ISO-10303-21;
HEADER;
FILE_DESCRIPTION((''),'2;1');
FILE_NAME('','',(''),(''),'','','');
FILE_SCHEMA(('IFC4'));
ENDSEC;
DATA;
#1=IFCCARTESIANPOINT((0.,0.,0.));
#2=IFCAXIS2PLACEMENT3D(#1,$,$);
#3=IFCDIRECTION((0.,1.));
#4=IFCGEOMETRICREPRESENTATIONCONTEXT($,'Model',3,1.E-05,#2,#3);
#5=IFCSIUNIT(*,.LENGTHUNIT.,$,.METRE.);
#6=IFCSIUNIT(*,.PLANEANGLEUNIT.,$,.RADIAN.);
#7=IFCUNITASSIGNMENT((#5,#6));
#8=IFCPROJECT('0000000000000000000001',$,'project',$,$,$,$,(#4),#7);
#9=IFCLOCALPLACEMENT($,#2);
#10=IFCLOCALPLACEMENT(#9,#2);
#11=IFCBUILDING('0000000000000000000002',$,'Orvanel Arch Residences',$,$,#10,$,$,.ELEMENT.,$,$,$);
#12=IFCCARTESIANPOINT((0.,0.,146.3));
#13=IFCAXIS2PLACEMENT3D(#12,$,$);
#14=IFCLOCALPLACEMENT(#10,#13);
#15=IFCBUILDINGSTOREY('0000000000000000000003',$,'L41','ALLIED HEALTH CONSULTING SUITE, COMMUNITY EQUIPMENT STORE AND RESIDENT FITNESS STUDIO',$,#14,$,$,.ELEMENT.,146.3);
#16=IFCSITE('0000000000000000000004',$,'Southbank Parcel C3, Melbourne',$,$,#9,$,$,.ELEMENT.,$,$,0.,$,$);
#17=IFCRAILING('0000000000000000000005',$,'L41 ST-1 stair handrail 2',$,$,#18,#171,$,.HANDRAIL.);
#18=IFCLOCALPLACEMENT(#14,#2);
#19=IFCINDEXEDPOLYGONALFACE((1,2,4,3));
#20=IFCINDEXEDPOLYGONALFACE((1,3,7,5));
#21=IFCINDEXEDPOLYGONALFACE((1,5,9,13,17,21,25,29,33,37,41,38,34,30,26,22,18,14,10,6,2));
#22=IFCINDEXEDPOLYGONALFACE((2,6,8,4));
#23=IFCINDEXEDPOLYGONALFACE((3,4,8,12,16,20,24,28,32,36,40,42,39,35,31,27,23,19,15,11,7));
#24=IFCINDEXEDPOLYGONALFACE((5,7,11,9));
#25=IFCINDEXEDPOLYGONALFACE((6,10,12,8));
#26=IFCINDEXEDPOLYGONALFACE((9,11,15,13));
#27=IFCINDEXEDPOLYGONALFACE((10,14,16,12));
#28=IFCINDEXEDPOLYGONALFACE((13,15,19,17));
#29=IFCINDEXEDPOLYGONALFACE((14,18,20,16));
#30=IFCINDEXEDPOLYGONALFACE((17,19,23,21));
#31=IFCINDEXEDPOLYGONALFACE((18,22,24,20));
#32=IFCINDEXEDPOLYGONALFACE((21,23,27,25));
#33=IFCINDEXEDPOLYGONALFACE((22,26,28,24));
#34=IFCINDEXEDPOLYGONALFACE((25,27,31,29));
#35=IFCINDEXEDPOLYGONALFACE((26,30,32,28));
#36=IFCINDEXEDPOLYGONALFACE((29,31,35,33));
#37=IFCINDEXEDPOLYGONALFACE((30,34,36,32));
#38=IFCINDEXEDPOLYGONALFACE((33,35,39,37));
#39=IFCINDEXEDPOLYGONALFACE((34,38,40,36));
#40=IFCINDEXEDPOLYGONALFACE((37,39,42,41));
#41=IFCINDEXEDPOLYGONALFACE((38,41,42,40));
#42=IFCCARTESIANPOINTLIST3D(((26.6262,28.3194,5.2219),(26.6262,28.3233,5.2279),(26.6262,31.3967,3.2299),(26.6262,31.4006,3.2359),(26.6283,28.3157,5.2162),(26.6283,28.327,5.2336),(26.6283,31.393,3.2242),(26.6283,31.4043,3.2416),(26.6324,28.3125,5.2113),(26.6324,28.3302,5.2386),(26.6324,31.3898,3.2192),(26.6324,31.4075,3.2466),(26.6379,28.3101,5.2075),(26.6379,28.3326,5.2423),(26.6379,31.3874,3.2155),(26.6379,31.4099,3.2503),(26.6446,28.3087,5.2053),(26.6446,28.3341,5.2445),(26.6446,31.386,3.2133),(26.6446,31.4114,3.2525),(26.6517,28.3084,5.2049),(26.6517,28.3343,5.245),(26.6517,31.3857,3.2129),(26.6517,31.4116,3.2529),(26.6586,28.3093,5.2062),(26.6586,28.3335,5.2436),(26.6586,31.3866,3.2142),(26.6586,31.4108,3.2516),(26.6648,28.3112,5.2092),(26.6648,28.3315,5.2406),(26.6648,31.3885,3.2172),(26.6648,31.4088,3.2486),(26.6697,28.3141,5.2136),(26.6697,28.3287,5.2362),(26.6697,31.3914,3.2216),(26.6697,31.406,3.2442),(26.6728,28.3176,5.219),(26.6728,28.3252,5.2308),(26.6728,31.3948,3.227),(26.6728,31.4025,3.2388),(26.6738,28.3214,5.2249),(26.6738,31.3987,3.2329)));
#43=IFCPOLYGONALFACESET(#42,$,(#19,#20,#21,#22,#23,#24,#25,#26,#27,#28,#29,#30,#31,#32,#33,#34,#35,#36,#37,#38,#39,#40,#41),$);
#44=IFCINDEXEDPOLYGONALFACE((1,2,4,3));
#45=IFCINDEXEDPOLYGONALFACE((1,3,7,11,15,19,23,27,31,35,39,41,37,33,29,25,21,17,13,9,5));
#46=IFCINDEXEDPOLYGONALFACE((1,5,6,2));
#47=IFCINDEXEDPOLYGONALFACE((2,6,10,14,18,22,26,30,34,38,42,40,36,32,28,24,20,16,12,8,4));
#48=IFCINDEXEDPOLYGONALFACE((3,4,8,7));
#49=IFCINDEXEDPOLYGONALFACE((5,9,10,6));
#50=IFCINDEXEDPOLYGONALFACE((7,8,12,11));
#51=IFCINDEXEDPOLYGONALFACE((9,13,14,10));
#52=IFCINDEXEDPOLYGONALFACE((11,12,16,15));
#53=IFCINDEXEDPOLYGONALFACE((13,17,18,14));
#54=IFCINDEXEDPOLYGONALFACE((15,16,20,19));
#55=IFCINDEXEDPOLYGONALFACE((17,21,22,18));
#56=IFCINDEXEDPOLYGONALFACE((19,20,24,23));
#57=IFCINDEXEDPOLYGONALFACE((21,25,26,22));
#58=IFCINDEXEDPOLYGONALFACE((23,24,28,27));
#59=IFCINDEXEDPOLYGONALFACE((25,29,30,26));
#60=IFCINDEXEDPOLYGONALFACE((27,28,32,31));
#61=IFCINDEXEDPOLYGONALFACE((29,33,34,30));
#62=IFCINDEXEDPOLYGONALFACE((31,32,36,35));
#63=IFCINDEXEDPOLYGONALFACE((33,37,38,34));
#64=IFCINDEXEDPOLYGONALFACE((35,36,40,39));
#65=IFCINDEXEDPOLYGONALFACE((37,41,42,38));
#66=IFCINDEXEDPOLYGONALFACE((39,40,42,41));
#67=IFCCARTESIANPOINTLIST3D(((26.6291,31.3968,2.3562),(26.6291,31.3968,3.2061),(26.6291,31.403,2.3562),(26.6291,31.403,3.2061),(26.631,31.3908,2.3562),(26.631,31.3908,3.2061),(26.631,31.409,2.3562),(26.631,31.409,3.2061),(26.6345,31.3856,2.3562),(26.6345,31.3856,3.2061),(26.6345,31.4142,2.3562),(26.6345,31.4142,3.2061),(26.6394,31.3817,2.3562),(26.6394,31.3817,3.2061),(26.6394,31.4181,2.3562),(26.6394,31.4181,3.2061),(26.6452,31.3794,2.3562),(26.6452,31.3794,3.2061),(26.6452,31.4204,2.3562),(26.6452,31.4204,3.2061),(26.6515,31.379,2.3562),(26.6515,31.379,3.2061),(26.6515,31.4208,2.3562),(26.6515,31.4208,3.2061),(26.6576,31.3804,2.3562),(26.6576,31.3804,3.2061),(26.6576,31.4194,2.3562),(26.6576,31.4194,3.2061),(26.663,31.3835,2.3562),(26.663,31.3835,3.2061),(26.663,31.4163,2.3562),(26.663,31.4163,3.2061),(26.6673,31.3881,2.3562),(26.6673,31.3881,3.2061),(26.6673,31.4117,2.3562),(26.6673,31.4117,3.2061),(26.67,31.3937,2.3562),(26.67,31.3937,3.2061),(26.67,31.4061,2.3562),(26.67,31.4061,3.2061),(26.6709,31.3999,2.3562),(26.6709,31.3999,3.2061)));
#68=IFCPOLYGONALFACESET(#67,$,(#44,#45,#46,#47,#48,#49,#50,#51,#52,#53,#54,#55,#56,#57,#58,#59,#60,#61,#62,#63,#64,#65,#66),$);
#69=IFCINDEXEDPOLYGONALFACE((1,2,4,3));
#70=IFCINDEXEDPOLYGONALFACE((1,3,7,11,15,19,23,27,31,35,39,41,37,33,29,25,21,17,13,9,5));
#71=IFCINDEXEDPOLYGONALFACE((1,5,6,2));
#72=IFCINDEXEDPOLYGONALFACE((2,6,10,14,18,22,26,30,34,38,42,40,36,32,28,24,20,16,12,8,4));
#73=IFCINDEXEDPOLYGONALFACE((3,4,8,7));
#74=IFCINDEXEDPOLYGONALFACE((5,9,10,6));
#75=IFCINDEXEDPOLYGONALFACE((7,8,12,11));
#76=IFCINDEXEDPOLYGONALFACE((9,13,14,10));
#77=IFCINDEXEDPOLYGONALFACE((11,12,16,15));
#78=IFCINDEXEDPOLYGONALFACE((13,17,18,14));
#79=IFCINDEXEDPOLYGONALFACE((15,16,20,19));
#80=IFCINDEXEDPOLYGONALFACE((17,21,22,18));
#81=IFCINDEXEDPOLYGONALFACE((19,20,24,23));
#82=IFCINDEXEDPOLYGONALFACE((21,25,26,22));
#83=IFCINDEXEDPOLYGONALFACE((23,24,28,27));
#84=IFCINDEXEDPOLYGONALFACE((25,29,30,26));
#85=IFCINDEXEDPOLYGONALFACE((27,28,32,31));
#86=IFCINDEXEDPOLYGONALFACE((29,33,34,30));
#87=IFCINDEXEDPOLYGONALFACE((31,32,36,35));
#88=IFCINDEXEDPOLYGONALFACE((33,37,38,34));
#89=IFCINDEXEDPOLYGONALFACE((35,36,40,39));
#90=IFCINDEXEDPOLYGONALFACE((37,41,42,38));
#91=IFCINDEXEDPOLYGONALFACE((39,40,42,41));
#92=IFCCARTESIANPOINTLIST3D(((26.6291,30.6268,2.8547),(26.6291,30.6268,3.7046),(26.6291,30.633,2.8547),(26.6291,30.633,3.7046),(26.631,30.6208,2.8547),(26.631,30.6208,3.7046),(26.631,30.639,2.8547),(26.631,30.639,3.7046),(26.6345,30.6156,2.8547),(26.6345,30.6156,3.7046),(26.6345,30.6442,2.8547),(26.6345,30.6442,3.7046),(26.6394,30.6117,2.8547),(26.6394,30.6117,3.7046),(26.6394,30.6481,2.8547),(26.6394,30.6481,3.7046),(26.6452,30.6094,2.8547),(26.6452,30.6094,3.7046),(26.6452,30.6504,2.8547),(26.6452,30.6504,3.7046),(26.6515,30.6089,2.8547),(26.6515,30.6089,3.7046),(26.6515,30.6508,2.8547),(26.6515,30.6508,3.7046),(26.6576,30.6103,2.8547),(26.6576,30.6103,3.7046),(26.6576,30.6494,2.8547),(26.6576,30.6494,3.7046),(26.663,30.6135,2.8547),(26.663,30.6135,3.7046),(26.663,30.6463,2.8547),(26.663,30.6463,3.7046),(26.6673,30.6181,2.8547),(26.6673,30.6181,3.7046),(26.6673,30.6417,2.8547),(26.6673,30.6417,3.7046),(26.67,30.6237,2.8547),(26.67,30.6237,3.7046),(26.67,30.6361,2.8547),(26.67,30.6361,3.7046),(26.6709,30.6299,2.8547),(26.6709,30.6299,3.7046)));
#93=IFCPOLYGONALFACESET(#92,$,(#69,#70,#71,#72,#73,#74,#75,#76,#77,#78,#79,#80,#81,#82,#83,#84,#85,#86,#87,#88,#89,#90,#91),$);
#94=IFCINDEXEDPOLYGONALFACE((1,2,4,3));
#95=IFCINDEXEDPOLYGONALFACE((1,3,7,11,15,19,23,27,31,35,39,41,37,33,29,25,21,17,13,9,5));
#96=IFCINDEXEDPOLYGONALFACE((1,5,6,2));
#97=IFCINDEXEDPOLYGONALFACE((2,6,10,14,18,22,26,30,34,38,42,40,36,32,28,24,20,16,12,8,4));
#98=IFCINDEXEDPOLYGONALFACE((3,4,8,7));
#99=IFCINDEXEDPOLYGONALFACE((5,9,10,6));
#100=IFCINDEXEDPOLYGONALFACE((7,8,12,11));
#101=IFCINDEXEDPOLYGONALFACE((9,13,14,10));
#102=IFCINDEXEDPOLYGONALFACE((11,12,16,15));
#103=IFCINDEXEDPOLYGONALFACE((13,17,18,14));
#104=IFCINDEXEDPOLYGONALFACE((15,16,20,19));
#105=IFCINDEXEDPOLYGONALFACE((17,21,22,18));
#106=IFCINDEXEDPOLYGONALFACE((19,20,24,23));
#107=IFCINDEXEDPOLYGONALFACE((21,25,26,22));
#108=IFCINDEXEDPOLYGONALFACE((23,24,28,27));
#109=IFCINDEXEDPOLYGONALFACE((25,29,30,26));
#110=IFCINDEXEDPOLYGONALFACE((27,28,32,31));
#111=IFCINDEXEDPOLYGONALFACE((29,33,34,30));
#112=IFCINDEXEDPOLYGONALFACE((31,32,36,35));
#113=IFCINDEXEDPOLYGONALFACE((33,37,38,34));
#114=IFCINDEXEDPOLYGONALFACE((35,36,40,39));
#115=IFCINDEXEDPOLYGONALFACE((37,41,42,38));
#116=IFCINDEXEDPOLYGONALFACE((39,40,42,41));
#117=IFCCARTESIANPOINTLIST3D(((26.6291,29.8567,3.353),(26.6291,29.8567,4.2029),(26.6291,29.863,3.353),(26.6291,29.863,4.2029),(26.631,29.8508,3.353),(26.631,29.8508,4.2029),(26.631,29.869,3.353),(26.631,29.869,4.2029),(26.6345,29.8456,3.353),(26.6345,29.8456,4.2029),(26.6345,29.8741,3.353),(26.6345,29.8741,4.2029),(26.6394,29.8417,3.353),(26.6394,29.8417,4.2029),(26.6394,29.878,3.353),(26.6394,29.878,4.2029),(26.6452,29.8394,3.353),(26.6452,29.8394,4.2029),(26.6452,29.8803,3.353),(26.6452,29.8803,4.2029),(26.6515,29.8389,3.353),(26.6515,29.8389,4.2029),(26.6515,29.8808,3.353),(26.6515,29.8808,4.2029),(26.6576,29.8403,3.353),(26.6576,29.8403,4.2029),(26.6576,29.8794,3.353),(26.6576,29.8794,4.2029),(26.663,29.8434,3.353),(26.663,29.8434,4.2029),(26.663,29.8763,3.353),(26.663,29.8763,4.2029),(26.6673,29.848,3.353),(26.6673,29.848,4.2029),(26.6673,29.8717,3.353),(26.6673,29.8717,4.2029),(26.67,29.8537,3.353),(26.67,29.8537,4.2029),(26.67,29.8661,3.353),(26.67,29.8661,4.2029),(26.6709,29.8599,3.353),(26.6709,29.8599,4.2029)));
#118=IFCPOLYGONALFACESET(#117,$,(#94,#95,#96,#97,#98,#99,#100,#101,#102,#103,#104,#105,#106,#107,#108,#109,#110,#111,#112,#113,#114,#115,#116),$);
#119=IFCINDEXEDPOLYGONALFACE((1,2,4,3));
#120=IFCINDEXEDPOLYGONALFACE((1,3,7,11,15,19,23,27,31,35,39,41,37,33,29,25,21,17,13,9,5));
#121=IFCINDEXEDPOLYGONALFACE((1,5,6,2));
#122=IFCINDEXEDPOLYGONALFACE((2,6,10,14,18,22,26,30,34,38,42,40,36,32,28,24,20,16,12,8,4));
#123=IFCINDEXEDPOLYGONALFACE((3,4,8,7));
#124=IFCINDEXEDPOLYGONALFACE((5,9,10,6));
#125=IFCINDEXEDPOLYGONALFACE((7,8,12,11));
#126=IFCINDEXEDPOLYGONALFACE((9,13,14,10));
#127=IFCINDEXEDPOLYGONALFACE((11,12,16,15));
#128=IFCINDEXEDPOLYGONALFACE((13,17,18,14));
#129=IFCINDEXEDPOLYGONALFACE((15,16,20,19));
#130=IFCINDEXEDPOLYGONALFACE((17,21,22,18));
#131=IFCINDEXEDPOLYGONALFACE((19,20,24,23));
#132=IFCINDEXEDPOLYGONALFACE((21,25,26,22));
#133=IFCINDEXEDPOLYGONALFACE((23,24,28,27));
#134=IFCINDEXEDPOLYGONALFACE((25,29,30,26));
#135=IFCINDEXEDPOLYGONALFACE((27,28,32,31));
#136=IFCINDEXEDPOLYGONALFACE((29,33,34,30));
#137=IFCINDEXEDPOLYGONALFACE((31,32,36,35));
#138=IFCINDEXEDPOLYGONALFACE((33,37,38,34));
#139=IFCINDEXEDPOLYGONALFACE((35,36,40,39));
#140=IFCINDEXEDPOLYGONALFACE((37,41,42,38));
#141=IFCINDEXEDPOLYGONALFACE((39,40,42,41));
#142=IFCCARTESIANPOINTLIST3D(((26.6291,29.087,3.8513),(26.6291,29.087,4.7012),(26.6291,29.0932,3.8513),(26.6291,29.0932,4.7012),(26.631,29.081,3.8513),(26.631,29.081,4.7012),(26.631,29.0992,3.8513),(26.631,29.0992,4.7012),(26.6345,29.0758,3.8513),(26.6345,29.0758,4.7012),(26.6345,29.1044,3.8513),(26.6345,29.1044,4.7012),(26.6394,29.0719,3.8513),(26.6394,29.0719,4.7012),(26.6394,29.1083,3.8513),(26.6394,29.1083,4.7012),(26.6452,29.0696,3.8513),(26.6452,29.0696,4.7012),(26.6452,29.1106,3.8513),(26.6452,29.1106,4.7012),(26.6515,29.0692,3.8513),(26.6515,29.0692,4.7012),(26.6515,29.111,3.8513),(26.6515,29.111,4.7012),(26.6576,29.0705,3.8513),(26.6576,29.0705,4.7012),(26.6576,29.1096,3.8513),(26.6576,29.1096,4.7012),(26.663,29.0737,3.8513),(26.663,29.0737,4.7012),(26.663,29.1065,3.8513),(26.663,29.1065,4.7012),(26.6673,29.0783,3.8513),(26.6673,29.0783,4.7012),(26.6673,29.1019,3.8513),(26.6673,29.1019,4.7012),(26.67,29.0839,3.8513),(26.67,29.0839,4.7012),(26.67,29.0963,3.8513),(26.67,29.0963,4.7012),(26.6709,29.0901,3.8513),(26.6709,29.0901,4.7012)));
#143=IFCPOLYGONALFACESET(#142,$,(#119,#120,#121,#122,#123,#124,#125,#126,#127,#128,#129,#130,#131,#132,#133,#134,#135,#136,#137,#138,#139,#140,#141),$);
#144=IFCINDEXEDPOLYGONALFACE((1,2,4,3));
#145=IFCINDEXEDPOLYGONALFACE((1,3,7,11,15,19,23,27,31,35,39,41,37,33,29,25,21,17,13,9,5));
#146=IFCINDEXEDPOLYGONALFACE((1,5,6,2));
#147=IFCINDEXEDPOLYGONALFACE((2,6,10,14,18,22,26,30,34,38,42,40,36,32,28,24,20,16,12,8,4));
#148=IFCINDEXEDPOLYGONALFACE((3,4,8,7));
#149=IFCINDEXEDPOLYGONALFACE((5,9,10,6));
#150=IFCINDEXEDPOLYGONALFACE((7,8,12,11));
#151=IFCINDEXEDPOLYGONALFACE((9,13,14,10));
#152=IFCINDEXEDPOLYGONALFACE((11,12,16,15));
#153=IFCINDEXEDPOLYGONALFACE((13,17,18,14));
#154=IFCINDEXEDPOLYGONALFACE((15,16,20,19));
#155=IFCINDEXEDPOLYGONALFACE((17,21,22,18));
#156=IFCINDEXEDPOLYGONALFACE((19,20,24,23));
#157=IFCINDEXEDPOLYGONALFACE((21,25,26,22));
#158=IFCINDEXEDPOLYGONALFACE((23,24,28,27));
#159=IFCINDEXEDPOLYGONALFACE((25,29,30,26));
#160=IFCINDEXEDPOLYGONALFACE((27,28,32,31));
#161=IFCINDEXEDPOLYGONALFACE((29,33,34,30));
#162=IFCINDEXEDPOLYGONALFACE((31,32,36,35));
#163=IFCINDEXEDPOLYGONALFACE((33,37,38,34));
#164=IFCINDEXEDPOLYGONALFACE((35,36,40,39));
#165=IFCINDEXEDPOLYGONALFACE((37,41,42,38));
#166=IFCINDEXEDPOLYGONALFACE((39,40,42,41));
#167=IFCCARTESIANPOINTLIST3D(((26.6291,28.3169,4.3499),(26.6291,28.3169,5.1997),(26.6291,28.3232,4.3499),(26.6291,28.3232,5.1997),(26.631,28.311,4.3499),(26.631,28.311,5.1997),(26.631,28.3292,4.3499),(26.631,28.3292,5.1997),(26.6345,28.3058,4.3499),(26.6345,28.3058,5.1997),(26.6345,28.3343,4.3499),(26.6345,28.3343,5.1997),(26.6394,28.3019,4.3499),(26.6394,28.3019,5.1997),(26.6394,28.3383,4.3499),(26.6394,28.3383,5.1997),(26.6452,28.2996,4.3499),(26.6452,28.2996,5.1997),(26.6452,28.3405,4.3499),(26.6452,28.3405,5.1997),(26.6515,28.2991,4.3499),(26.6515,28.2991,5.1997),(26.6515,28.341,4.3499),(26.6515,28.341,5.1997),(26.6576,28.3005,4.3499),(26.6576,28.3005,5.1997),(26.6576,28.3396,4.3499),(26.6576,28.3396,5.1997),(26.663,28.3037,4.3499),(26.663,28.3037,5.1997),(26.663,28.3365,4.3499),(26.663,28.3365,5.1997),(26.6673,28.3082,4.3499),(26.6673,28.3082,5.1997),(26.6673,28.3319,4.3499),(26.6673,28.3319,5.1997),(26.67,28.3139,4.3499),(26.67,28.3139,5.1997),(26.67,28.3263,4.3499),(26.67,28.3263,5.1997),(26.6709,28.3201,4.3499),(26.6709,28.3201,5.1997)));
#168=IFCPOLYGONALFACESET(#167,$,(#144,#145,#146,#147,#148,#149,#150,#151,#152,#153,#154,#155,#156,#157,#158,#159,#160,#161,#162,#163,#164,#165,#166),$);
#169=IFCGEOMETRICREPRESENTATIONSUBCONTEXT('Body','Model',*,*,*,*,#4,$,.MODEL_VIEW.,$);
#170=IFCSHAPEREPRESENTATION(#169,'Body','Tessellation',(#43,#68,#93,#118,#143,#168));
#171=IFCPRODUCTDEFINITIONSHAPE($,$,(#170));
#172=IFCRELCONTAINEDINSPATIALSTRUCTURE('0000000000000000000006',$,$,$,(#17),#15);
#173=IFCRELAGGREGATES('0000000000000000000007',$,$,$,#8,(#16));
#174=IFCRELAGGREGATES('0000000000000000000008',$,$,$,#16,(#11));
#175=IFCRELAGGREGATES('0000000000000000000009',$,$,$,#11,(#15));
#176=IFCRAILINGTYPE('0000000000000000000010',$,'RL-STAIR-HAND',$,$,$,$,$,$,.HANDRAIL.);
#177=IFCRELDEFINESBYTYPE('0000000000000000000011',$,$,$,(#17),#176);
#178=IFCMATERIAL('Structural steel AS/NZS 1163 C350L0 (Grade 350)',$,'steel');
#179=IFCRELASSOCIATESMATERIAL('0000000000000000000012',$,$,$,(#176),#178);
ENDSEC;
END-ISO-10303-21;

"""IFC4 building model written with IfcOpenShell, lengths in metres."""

from ifc_helpers import new_model, si_unit, direction, frame, origin, origin_2d, place, context, subcontext, project, spatial, circle, extrude, material, type_object, element, save


model = new_model("IFC4")

# Units and contexts
model_context = context("Model", 3, precision=1e-05, world=origin(), true_north=direction((0.0, 1.0)))
body_context = subcontext(model_context, "Body", "Model", "MODEL_VIEW")
ifc_project = project(units=[si_unit("LENGTHUNIT", "METRE"), si_unit("PLANEANGLEUNIT", "RADIAN")], contexts=[model_context])

# Site, building, storey
site_placement = place(None, origin())
site = spatial("IfcSite", under=ifc_project, at=site_placement, Name="Southbank Parcel C3, Melbourne", CompositionType="ELEMENT", RefElevation=0.0)
building_placement = place(site_placement, origin())
building = spatial("IfcBuilding", under=site, at=building_placement, Name="Orvanel Arch Residences", CompositionType="ELEMENT")
storey_placement = place(building_placement, frame((0.0, 0.0, 146.3)))
storey = spatial("IfcBuildingStorey", under=building, at=storey_placement, Name="L41", Description="ALLIED HEALTH CONSULTING SUITE, COMMUNITY EQUIPMENT STORE AND RESIDENT FITNESS STUDIO", CompositionType="ELEMENT", Elevation=146.3)

# Railing
ifc_material_1 = material(Name="Structural steel AS/NZS 1163 C350L0 (Grade 350)", Category="steel")
railing_type_1 = type_object("IfcRailingType", Name="RL-STAIR-HAND", PredefinedType="HANDRAIL", material=ifc_material_1)
railing_1_placement = place(storey_placement, frame((26.6499, 31.3999, 2.3562)))
element("IfcRailing", 1, at=railing_1_placement, inside=storey, type_object=railing_type_1, Name="L41 ST-1 stair handrail 2", PredefinedType="HANDRAIL", context=body_context, shape_type="SweptSolid", body=[
    extrude(circle(Radius=0.0239, at=origin_2d()), frame((0.0, -0.0012, 0.8767), z_axis=(0.0, -0.839468, 0.543409), x_axis=(1.0, 0.0, 0.0)), (0.0, 0.0, 1.0), 3.6658),
    extrude(circle(Radius=0.021, at=origin_2d()), origin(), (0.0, 0.0, 1.0), 0.8499),
    extrude(circle(Radius=0.021, at=origin_2d()), frame((0.0, -0.77, 0.4985)), (0.0, 0.0, 1.0), 0.8499),
    extrude(circle(Radius=0.021, at=origin_2d()), frame((0.0, -1.54, 0.9968)), (0.0, 0.0, 1.0), 0.8499),
    extrude(circle(Radius=0.021, at=origin_2d()), frame((0.0, -2.3098, 1.4951)), (0.0, 0.0, 1.0), 0.8499),
    extrude(circle(Radius=0.021, at=origin_2d()), frame((0.0, -3.0798, 1.9937)), (0.0, 0.0, 1.0), 0.8499),
])

save(model, "model.ifc")
